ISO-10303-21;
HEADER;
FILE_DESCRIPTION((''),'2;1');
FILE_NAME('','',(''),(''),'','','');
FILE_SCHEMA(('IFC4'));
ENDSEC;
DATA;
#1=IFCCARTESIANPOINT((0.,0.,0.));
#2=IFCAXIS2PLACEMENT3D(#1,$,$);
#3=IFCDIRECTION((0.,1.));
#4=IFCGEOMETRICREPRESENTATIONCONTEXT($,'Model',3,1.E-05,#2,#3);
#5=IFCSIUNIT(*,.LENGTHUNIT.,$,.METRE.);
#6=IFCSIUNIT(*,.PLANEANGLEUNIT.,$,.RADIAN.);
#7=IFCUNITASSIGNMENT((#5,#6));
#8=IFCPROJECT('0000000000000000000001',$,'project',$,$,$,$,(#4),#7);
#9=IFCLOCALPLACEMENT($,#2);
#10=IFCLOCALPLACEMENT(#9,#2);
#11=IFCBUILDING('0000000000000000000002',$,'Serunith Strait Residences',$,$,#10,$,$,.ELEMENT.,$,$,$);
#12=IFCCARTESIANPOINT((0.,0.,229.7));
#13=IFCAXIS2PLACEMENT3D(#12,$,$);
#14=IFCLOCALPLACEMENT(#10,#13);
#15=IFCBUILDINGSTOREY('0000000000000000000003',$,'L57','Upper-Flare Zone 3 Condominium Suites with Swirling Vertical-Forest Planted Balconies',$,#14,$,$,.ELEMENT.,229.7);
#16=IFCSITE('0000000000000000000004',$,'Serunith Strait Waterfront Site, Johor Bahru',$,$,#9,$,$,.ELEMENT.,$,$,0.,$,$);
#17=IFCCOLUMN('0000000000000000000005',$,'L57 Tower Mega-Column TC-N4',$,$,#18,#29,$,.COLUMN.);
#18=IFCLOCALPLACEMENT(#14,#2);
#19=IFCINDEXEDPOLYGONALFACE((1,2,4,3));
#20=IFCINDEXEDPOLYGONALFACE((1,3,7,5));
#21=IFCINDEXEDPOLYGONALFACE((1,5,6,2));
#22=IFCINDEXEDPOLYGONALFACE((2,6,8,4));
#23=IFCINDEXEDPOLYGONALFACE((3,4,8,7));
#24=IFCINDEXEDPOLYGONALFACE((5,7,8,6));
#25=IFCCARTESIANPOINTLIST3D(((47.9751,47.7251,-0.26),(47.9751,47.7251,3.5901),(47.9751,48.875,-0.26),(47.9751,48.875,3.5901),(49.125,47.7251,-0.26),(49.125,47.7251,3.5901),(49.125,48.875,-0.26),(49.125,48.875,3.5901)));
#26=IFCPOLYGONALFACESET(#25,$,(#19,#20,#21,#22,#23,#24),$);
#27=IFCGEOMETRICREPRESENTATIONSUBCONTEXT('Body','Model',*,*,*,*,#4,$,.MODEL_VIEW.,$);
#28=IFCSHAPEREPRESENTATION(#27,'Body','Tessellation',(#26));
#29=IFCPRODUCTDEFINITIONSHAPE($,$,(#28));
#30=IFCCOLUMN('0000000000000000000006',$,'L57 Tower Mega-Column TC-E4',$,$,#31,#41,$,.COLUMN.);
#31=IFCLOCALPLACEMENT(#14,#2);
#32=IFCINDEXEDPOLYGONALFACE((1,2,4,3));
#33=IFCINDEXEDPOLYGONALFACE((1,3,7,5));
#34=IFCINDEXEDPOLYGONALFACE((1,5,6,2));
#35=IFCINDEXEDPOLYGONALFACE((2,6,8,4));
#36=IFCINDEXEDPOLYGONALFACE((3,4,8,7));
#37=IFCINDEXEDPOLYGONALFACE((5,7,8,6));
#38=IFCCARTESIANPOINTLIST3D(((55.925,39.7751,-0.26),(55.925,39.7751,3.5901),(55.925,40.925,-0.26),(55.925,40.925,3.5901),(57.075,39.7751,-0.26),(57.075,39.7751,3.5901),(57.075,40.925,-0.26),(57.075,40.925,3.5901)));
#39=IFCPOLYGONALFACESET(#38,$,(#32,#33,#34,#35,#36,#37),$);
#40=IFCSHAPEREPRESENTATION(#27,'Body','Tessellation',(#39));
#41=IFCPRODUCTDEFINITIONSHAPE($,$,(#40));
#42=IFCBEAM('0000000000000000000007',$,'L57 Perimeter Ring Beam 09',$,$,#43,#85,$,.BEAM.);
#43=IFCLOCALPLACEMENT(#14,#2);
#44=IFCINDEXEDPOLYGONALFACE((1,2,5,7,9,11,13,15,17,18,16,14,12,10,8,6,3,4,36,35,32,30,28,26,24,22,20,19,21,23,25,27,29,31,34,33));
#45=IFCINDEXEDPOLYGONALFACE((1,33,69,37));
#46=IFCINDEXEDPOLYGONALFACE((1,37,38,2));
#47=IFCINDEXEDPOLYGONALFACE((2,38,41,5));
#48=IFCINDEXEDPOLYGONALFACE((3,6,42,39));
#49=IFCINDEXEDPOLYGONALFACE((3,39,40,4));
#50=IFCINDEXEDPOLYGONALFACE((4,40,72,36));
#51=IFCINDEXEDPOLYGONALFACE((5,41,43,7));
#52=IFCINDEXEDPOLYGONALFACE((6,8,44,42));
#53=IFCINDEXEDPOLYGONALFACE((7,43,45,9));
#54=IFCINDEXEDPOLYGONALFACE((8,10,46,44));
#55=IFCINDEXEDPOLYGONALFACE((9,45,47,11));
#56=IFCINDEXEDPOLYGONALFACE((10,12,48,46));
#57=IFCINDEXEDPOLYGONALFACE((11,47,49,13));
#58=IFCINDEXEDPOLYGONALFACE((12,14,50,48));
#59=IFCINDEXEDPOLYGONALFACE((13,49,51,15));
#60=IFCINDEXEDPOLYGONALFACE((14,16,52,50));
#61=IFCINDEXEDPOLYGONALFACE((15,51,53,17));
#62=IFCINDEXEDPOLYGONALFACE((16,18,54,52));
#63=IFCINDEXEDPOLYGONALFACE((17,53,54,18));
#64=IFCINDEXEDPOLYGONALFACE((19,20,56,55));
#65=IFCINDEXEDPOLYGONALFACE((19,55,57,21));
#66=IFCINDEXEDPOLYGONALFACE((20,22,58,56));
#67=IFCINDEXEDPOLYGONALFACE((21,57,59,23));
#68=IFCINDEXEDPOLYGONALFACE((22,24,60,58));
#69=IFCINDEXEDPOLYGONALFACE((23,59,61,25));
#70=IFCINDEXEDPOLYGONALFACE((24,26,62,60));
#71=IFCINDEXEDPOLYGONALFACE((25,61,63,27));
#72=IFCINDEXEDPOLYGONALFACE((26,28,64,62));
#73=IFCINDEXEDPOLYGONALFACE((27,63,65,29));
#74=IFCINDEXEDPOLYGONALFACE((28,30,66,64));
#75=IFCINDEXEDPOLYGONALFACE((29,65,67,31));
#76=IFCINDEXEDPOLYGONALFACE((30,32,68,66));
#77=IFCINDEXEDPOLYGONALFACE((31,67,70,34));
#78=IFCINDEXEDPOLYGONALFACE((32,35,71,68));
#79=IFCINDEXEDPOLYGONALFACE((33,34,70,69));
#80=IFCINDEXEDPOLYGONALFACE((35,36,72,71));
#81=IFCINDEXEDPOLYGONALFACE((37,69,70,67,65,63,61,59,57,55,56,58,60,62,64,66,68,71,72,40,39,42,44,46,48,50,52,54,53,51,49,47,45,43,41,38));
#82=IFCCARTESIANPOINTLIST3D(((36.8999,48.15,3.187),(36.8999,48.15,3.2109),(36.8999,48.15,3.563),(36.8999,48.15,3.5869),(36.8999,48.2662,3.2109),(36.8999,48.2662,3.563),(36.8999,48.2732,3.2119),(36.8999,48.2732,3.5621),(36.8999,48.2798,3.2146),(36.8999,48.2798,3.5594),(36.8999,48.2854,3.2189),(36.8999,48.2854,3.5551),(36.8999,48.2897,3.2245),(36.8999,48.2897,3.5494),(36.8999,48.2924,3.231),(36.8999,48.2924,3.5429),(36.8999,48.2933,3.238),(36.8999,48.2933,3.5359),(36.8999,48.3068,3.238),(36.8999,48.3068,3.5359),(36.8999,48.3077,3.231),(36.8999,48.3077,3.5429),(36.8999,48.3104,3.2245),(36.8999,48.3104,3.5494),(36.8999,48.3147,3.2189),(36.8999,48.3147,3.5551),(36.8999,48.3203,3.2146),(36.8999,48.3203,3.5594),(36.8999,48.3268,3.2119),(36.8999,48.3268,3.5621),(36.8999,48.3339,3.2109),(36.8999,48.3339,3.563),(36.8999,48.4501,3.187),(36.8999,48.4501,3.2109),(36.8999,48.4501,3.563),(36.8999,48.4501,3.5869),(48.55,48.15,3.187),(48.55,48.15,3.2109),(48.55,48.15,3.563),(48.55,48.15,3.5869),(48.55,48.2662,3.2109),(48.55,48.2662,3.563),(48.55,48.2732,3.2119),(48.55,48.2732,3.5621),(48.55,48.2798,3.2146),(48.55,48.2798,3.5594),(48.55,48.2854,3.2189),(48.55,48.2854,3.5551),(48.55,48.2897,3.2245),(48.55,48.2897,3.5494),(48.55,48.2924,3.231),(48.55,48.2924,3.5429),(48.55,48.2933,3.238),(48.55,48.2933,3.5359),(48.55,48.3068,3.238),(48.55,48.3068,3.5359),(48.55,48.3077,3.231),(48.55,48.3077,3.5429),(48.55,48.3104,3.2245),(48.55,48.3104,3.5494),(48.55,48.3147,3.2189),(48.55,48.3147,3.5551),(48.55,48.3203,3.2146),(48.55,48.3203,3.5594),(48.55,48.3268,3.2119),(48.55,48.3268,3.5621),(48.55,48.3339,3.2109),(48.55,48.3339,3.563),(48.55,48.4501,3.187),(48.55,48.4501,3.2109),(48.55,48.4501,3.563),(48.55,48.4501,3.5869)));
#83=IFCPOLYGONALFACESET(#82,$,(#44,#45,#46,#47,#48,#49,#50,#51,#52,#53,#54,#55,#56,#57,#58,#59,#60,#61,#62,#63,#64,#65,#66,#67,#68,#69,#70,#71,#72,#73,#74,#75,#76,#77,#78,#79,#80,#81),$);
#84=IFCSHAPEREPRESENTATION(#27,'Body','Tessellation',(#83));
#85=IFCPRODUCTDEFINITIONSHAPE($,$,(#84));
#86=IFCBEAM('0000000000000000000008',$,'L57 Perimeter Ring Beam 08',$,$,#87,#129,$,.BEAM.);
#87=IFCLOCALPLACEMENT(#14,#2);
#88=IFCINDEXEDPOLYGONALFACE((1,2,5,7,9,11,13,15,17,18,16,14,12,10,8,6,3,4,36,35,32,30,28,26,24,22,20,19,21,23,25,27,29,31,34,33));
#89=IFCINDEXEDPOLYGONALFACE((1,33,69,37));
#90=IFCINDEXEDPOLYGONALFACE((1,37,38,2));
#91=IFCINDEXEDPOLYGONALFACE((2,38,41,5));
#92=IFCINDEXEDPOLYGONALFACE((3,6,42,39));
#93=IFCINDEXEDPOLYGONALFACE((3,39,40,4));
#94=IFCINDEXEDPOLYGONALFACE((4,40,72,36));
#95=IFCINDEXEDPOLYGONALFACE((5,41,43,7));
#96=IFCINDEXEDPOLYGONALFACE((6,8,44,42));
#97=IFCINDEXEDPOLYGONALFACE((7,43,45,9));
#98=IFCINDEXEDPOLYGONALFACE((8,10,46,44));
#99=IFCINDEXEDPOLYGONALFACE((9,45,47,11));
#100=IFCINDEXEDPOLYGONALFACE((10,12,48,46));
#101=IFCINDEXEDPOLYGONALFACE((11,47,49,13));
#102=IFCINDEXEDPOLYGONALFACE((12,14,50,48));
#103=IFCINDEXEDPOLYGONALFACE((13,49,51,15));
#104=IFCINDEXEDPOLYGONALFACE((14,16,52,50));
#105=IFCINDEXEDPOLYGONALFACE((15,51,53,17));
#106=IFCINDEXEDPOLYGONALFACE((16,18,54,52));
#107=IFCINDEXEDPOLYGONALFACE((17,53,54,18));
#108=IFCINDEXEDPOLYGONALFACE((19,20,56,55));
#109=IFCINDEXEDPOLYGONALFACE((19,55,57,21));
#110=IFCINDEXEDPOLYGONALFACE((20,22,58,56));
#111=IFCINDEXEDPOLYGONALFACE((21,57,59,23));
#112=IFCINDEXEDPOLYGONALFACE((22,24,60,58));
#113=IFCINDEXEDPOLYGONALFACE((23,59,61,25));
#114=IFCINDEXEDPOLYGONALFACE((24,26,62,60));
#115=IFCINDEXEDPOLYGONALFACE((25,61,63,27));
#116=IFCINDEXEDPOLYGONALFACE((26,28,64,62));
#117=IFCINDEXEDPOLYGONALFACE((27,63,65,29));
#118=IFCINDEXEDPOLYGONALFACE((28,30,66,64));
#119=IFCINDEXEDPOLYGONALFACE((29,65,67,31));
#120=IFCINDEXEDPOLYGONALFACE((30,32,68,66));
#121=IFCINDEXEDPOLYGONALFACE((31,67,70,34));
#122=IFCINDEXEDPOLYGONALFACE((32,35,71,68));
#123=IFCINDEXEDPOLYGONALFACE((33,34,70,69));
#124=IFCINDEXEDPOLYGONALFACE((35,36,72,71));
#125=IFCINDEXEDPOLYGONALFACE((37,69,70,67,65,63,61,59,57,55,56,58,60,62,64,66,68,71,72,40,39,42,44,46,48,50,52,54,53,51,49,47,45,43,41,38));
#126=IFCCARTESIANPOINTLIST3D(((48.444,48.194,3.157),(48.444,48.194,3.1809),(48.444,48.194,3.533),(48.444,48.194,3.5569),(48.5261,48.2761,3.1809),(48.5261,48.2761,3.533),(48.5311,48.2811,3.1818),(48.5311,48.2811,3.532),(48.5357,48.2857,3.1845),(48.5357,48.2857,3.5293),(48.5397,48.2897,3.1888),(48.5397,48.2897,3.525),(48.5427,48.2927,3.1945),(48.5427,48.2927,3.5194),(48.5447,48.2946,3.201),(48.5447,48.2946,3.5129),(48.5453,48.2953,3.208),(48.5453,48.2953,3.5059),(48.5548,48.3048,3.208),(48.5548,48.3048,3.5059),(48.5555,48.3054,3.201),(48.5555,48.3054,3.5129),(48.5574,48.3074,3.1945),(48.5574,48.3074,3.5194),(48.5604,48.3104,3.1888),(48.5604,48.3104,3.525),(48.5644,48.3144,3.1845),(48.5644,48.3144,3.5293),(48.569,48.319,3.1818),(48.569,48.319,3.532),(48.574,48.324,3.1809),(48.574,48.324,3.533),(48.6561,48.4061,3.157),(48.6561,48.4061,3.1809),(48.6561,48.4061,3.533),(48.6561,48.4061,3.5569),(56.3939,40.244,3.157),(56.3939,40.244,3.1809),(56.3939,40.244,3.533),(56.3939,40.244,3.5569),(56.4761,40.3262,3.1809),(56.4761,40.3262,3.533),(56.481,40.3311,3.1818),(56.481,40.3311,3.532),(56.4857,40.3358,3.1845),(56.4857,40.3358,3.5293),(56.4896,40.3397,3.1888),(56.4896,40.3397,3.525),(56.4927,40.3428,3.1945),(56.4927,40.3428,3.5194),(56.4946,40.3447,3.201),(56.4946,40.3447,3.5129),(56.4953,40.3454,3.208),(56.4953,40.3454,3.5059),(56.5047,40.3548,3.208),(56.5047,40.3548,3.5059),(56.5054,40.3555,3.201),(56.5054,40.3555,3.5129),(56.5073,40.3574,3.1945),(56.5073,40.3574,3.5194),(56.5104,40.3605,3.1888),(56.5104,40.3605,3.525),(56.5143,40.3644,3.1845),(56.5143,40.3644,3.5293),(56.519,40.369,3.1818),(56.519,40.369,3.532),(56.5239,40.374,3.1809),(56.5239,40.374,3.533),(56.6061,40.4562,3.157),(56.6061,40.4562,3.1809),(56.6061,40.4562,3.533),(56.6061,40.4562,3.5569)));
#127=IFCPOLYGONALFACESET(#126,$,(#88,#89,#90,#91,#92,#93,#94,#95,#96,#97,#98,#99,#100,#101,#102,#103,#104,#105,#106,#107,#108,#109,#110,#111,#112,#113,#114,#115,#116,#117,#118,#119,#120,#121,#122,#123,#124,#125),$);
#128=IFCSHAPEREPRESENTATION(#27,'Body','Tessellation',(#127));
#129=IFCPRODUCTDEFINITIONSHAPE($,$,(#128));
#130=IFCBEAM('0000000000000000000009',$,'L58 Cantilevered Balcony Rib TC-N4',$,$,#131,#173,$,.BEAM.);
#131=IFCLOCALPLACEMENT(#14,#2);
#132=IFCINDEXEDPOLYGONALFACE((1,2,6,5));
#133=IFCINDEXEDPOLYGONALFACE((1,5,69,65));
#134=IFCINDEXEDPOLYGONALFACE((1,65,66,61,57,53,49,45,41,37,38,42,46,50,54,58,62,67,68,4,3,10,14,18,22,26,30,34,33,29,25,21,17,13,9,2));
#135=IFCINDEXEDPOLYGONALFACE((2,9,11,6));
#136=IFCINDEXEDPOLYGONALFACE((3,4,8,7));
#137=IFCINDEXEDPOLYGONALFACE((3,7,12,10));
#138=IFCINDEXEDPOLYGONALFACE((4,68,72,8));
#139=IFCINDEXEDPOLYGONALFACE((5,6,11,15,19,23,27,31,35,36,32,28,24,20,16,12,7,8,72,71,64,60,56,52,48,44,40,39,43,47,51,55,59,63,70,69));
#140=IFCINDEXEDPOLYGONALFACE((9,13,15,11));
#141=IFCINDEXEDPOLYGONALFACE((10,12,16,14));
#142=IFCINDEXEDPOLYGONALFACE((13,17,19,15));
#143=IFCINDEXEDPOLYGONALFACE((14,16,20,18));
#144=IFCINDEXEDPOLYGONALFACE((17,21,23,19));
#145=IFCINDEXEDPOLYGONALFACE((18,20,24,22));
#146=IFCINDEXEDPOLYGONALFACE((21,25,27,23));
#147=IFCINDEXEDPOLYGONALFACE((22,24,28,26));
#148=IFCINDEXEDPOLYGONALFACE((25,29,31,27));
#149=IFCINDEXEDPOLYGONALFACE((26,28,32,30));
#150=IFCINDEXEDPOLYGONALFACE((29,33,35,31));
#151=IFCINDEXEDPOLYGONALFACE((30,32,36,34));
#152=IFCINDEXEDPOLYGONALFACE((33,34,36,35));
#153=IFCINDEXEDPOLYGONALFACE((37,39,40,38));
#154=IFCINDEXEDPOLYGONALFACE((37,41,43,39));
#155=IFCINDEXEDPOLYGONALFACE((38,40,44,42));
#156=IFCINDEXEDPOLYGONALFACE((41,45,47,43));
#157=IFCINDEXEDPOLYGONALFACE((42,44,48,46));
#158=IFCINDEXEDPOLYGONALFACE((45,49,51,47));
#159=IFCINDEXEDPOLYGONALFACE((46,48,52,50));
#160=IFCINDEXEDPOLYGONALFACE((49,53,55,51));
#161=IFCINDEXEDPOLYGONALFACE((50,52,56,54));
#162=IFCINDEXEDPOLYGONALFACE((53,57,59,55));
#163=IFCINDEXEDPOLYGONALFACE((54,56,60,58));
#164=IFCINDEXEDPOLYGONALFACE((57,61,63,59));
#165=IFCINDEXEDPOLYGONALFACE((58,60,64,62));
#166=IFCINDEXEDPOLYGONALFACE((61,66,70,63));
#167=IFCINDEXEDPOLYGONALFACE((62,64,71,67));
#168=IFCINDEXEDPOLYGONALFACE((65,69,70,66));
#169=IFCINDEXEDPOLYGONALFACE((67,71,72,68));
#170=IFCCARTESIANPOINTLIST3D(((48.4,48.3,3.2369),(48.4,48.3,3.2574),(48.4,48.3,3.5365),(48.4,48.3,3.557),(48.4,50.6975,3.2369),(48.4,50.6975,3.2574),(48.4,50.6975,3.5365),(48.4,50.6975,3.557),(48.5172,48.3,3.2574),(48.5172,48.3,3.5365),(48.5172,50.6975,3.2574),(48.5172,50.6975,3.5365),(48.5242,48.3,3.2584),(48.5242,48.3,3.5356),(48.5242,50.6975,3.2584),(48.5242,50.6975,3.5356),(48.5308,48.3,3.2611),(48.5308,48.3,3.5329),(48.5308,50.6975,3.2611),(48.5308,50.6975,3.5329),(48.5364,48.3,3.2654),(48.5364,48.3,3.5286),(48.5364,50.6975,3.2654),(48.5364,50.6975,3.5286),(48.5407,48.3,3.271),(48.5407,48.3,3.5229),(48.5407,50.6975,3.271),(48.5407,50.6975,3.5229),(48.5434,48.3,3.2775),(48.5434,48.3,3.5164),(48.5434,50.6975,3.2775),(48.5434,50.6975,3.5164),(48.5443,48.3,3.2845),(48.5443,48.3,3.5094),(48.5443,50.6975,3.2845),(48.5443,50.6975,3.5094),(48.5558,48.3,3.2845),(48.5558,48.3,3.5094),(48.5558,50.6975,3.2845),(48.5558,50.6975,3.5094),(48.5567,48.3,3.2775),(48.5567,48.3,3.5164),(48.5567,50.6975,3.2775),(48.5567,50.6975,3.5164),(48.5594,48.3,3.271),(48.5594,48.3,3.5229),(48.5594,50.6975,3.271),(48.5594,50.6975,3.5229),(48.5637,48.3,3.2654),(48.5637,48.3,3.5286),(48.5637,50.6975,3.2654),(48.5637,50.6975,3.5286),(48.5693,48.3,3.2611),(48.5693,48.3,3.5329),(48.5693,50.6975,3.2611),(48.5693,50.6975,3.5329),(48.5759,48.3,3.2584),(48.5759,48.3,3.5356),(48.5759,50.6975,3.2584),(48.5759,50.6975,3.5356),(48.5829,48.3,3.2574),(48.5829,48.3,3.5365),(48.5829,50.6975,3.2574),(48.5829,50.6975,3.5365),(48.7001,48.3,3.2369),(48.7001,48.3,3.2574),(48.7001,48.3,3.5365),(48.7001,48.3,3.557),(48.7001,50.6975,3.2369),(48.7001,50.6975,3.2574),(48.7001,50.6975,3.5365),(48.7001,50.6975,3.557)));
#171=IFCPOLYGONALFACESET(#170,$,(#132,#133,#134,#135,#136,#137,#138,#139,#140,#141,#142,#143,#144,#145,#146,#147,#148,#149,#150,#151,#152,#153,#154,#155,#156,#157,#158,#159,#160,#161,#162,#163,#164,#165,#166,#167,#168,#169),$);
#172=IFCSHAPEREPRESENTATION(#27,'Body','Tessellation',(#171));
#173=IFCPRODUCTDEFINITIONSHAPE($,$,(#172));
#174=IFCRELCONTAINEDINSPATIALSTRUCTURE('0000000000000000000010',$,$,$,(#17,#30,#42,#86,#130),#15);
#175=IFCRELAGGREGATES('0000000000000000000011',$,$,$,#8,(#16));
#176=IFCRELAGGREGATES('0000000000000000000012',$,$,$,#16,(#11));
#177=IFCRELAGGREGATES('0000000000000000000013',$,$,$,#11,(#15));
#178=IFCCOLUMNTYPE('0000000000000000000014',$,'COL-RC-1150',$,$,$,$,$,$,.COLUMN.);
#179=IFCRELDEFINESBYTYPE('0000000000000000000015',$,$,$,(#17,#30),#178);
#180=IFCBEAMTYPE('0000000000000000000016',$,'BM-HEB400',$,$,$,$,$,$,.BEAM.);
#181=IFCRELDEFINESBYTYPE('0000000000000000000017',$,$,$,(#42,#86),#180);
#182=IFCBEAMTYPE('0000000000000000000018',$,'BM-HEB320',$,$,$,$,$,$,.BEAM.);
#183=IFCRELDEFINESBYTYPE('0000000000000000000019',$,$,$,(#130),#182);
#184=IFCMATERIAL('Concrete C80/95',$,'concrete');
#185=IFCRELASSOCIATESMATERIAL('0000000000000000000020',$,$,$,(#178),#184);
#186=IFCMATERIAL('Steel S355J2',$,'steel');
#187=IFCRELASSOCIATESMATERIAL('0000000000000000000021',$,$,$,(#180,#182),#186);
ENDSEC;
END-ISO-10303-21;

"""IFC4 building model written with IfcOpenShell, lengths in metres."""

from ifc_helpers import new_model, si_unit, direction, frame, origin, origin_2d, place, context, subcontext, project, spatial, rectangle, i_section, extrude, source, transform, mapped, material, material_profile, profile_set, type_object, element, save


model = new_model("IFC4")

# Units and contexts
model_context = context("Model", 3, precision=1e-05, world=origin(), true_north=direction((0.0, 1.0)))
body_context = subcontext(model_context, "Body", "Model", "MODEL_VIEW")
ifc_project = project(units=[si_unit("LENGTHUNIT", "METRE"), si_unit("PLANEANGLEUNIT", "RADIAN")], contexts=[model_context])

# Site, building, storey
site_placement = place(None, origin())
site = spatial("IfcSite", under=ifc_project, at=site_placement, Name="Serunith Strait Waterfront Site, Johor Bahru", CompositionType="ELEMENT", RefElevation=0.0)
building_placement = place(site_placement, origin())
building = spatial("IfcBuilding", under=site, at=building_placement, Name="Serunith Strait Residences", CompositionType="ELEMENT")
storey_placement = place(building_placement, frame((0.0, 0.0, 229.7)))
storey = spatial("IfcBuildingStorey", under=building, at=storey_placement, Name="L57", Description="Upper-Flare Zone 3 Condominium Suites with Swirling Vertical-Forest Planted Balconies", CompositionType="ELEMENT", Elevation=229.7)

# Columns
ifc_material_1 = material(Name="Concrete C80/95", Category="concrete")
ifc_material_profile_1 = material_profile(ifc_material_1, rectangle(XDim=1.1499, YDim=1.1499, at=origin_2d()), Name="RC 1150x1150")
ifc_profile_set_1 = profile_set([ifc_material_profile_1], Name="Concrete C80/95")
column_type = type_object("IfcColumnType", Name="COL-RC-1150", PredefinedType="COLUMN", material=ifc_profile_set_1)
shared_shape_1 = source(origin(), body_context, "Body", "SweptSolid", [
    extrude(rectangle(XDim=1.1499, YDim=1.1499, at=origin_2d()), origin(), (0.0, 0.0, 1.0), 3.8501),
])
for number, where, z_axis, x_axis, name in (
    (1, (48.55, 48.3, -0.26), (0.0, 0.0, 1.0), (1.0, 0.0, 0.0), "L57 Tower Mega-Column TC-N4"),
    (2, (56.5, 40.3501, -0.26), (0.0, 0.0, 1.0), (1.0, 0.0, 0.0), "L57 Tower Mega-Column TC-E4"),
):
    element("IfcColumn", number, at=place(storey_placement, frame(where, z_axis=z_axis, x_axis=x_axis)), inside=storey, type_object=column_type, Name=name, PredefinedType="COLUMN", context=body_context, shape_type="MappedRepresentation", body=[
        mapped(shared_shape_1, transform((0.0, 0.0, 0.0), scale=1.0)),
    ])

# Beams
ifc_material_2 = material(Name="Steel S355J2", Category="steel")
ifc_material_profile_2 = material_profile(ifc_material_2, i_section(OverallWidth=0.3, OverallDepth=0.3999, WebThickness=0.0134, FlangeThickness=0.0239, FilletRadius=0.0271, at=origin_2d()), Name="HEB 400")
ifc_profile_set_2 = profile_set([ifc_material_profile_2], Name="Steel S355J2")
beam_type_1 = type_object("IfcBeamType", Name="BM-HEB400", PredefinedType="BEAM", material=ifc_profile_set_2)
shared_shape_2 = source(origin(), body_context, "Body", "SweptSolid", [
    extrude(i_section(OverallWidth=0.3, OverallDepth=0.3999, WebThickness=0.0134, FlangeThickness=0.0239, FilletRadius=0.0271, at=origin_2d()), origin(), (0.0, 0.0, 1.0), 11.6501),
])
beam_1_placement = place(storey_placement, frame((48.55, 48.3, 3.387), z_axis=(-1.0, 0.0, 0.0), x_axis=(0.0, -1.0, 0.0)))
element("IfcBeam", 3, at=beam_1_placement, inside=storey, type_object=beam_type_1, Name="L57 Perimeter Ring Beam 09", PredefinedType="BEAM", context=body_context, shape_type="MappedRepresentation", body=[
    mapped(shared_shape_2, transform((0.0, 0.0, 0.0), scale=1.0)),
])
shared_shape_3 = source(origin(), body_context, "Body", "SweptSolid", [
    extrude(i_section(OverallWidth=0.3, OverallDepth=0.3999, WebThickness=0.0134, FlangeThickness=0.0239, FilletRadius=0.0271, at=origin_2d()), origin(), (0.0, 0.0, 1.0), 11.2429),
])
beam_2_placement = place(storey_placement, frame((56.5, 40.3501, 3.3569), z_axis=(-0.707107, 0.707107, 0.0), x_axis=(-0.707107, -0.707107, 0.0)))
element("IfcBeam", 4, at=beam_2_placement, inside=storey, type_object=beam_type_1, Name="L57 Perimeter Ring Beam 08", PredefinedType="BEAM", context=body_context, shape_type="MappedRepresentation", body=[
    mapped(shared_shape_3, transform((0.0, 0.0, 0.0), scale=1.0)),
])
ifc_material_profile_3 = material_profile(ifc_material_2, i_section(OverallWidth=0.3, OverallDepth=0.3201, WebThickness=0.0115, FlangeThickness=0.0205, FilletRadius=0.0271, at=origin_2d()), Name="HEB 320")
ifc_profile_set_3 = profile_set([ifc_material_profile_3], Name="Steel S355J2")
beam_type_2 = type_object("IfcBeamType", Name="BM-HEB320", PredefinedType="BEAM", material=ifc_profile_set_3)
shared_shape_4 = source(origin(), body_context, "Body", "SweptSolid", [
    extrude(i_section(OverallWidth=0.3, OverallDepth=0.3201, WebThickness=0.0115, FlangeThickness=0.0205, FilletRadius=0.0271, at=origin_2d()), origin(), (0.0, 0.0, 1.0), 2.3975),
])
beam_3_placement = place(storey_placement, frame((48.55, 48.3, 3.397), z_axis=(0.0, 1.0, 0.0), x_axis=(-1.0, 0.0, 0.0)))
element("IfcBeam", 5, at=beam_3_placement, inside=storey, type_object=beam_type_2, Name="L58 Cantilevered Balcony Rib TC-N4", PredefinedType="BEAM", context=body_context, shape_type="MappedRepresentation", body=[
    mapped(shared_shape_4, transform((0.0, 0.0, 0.0), scale=1.0)),
])

save(model, "model.ifc")
